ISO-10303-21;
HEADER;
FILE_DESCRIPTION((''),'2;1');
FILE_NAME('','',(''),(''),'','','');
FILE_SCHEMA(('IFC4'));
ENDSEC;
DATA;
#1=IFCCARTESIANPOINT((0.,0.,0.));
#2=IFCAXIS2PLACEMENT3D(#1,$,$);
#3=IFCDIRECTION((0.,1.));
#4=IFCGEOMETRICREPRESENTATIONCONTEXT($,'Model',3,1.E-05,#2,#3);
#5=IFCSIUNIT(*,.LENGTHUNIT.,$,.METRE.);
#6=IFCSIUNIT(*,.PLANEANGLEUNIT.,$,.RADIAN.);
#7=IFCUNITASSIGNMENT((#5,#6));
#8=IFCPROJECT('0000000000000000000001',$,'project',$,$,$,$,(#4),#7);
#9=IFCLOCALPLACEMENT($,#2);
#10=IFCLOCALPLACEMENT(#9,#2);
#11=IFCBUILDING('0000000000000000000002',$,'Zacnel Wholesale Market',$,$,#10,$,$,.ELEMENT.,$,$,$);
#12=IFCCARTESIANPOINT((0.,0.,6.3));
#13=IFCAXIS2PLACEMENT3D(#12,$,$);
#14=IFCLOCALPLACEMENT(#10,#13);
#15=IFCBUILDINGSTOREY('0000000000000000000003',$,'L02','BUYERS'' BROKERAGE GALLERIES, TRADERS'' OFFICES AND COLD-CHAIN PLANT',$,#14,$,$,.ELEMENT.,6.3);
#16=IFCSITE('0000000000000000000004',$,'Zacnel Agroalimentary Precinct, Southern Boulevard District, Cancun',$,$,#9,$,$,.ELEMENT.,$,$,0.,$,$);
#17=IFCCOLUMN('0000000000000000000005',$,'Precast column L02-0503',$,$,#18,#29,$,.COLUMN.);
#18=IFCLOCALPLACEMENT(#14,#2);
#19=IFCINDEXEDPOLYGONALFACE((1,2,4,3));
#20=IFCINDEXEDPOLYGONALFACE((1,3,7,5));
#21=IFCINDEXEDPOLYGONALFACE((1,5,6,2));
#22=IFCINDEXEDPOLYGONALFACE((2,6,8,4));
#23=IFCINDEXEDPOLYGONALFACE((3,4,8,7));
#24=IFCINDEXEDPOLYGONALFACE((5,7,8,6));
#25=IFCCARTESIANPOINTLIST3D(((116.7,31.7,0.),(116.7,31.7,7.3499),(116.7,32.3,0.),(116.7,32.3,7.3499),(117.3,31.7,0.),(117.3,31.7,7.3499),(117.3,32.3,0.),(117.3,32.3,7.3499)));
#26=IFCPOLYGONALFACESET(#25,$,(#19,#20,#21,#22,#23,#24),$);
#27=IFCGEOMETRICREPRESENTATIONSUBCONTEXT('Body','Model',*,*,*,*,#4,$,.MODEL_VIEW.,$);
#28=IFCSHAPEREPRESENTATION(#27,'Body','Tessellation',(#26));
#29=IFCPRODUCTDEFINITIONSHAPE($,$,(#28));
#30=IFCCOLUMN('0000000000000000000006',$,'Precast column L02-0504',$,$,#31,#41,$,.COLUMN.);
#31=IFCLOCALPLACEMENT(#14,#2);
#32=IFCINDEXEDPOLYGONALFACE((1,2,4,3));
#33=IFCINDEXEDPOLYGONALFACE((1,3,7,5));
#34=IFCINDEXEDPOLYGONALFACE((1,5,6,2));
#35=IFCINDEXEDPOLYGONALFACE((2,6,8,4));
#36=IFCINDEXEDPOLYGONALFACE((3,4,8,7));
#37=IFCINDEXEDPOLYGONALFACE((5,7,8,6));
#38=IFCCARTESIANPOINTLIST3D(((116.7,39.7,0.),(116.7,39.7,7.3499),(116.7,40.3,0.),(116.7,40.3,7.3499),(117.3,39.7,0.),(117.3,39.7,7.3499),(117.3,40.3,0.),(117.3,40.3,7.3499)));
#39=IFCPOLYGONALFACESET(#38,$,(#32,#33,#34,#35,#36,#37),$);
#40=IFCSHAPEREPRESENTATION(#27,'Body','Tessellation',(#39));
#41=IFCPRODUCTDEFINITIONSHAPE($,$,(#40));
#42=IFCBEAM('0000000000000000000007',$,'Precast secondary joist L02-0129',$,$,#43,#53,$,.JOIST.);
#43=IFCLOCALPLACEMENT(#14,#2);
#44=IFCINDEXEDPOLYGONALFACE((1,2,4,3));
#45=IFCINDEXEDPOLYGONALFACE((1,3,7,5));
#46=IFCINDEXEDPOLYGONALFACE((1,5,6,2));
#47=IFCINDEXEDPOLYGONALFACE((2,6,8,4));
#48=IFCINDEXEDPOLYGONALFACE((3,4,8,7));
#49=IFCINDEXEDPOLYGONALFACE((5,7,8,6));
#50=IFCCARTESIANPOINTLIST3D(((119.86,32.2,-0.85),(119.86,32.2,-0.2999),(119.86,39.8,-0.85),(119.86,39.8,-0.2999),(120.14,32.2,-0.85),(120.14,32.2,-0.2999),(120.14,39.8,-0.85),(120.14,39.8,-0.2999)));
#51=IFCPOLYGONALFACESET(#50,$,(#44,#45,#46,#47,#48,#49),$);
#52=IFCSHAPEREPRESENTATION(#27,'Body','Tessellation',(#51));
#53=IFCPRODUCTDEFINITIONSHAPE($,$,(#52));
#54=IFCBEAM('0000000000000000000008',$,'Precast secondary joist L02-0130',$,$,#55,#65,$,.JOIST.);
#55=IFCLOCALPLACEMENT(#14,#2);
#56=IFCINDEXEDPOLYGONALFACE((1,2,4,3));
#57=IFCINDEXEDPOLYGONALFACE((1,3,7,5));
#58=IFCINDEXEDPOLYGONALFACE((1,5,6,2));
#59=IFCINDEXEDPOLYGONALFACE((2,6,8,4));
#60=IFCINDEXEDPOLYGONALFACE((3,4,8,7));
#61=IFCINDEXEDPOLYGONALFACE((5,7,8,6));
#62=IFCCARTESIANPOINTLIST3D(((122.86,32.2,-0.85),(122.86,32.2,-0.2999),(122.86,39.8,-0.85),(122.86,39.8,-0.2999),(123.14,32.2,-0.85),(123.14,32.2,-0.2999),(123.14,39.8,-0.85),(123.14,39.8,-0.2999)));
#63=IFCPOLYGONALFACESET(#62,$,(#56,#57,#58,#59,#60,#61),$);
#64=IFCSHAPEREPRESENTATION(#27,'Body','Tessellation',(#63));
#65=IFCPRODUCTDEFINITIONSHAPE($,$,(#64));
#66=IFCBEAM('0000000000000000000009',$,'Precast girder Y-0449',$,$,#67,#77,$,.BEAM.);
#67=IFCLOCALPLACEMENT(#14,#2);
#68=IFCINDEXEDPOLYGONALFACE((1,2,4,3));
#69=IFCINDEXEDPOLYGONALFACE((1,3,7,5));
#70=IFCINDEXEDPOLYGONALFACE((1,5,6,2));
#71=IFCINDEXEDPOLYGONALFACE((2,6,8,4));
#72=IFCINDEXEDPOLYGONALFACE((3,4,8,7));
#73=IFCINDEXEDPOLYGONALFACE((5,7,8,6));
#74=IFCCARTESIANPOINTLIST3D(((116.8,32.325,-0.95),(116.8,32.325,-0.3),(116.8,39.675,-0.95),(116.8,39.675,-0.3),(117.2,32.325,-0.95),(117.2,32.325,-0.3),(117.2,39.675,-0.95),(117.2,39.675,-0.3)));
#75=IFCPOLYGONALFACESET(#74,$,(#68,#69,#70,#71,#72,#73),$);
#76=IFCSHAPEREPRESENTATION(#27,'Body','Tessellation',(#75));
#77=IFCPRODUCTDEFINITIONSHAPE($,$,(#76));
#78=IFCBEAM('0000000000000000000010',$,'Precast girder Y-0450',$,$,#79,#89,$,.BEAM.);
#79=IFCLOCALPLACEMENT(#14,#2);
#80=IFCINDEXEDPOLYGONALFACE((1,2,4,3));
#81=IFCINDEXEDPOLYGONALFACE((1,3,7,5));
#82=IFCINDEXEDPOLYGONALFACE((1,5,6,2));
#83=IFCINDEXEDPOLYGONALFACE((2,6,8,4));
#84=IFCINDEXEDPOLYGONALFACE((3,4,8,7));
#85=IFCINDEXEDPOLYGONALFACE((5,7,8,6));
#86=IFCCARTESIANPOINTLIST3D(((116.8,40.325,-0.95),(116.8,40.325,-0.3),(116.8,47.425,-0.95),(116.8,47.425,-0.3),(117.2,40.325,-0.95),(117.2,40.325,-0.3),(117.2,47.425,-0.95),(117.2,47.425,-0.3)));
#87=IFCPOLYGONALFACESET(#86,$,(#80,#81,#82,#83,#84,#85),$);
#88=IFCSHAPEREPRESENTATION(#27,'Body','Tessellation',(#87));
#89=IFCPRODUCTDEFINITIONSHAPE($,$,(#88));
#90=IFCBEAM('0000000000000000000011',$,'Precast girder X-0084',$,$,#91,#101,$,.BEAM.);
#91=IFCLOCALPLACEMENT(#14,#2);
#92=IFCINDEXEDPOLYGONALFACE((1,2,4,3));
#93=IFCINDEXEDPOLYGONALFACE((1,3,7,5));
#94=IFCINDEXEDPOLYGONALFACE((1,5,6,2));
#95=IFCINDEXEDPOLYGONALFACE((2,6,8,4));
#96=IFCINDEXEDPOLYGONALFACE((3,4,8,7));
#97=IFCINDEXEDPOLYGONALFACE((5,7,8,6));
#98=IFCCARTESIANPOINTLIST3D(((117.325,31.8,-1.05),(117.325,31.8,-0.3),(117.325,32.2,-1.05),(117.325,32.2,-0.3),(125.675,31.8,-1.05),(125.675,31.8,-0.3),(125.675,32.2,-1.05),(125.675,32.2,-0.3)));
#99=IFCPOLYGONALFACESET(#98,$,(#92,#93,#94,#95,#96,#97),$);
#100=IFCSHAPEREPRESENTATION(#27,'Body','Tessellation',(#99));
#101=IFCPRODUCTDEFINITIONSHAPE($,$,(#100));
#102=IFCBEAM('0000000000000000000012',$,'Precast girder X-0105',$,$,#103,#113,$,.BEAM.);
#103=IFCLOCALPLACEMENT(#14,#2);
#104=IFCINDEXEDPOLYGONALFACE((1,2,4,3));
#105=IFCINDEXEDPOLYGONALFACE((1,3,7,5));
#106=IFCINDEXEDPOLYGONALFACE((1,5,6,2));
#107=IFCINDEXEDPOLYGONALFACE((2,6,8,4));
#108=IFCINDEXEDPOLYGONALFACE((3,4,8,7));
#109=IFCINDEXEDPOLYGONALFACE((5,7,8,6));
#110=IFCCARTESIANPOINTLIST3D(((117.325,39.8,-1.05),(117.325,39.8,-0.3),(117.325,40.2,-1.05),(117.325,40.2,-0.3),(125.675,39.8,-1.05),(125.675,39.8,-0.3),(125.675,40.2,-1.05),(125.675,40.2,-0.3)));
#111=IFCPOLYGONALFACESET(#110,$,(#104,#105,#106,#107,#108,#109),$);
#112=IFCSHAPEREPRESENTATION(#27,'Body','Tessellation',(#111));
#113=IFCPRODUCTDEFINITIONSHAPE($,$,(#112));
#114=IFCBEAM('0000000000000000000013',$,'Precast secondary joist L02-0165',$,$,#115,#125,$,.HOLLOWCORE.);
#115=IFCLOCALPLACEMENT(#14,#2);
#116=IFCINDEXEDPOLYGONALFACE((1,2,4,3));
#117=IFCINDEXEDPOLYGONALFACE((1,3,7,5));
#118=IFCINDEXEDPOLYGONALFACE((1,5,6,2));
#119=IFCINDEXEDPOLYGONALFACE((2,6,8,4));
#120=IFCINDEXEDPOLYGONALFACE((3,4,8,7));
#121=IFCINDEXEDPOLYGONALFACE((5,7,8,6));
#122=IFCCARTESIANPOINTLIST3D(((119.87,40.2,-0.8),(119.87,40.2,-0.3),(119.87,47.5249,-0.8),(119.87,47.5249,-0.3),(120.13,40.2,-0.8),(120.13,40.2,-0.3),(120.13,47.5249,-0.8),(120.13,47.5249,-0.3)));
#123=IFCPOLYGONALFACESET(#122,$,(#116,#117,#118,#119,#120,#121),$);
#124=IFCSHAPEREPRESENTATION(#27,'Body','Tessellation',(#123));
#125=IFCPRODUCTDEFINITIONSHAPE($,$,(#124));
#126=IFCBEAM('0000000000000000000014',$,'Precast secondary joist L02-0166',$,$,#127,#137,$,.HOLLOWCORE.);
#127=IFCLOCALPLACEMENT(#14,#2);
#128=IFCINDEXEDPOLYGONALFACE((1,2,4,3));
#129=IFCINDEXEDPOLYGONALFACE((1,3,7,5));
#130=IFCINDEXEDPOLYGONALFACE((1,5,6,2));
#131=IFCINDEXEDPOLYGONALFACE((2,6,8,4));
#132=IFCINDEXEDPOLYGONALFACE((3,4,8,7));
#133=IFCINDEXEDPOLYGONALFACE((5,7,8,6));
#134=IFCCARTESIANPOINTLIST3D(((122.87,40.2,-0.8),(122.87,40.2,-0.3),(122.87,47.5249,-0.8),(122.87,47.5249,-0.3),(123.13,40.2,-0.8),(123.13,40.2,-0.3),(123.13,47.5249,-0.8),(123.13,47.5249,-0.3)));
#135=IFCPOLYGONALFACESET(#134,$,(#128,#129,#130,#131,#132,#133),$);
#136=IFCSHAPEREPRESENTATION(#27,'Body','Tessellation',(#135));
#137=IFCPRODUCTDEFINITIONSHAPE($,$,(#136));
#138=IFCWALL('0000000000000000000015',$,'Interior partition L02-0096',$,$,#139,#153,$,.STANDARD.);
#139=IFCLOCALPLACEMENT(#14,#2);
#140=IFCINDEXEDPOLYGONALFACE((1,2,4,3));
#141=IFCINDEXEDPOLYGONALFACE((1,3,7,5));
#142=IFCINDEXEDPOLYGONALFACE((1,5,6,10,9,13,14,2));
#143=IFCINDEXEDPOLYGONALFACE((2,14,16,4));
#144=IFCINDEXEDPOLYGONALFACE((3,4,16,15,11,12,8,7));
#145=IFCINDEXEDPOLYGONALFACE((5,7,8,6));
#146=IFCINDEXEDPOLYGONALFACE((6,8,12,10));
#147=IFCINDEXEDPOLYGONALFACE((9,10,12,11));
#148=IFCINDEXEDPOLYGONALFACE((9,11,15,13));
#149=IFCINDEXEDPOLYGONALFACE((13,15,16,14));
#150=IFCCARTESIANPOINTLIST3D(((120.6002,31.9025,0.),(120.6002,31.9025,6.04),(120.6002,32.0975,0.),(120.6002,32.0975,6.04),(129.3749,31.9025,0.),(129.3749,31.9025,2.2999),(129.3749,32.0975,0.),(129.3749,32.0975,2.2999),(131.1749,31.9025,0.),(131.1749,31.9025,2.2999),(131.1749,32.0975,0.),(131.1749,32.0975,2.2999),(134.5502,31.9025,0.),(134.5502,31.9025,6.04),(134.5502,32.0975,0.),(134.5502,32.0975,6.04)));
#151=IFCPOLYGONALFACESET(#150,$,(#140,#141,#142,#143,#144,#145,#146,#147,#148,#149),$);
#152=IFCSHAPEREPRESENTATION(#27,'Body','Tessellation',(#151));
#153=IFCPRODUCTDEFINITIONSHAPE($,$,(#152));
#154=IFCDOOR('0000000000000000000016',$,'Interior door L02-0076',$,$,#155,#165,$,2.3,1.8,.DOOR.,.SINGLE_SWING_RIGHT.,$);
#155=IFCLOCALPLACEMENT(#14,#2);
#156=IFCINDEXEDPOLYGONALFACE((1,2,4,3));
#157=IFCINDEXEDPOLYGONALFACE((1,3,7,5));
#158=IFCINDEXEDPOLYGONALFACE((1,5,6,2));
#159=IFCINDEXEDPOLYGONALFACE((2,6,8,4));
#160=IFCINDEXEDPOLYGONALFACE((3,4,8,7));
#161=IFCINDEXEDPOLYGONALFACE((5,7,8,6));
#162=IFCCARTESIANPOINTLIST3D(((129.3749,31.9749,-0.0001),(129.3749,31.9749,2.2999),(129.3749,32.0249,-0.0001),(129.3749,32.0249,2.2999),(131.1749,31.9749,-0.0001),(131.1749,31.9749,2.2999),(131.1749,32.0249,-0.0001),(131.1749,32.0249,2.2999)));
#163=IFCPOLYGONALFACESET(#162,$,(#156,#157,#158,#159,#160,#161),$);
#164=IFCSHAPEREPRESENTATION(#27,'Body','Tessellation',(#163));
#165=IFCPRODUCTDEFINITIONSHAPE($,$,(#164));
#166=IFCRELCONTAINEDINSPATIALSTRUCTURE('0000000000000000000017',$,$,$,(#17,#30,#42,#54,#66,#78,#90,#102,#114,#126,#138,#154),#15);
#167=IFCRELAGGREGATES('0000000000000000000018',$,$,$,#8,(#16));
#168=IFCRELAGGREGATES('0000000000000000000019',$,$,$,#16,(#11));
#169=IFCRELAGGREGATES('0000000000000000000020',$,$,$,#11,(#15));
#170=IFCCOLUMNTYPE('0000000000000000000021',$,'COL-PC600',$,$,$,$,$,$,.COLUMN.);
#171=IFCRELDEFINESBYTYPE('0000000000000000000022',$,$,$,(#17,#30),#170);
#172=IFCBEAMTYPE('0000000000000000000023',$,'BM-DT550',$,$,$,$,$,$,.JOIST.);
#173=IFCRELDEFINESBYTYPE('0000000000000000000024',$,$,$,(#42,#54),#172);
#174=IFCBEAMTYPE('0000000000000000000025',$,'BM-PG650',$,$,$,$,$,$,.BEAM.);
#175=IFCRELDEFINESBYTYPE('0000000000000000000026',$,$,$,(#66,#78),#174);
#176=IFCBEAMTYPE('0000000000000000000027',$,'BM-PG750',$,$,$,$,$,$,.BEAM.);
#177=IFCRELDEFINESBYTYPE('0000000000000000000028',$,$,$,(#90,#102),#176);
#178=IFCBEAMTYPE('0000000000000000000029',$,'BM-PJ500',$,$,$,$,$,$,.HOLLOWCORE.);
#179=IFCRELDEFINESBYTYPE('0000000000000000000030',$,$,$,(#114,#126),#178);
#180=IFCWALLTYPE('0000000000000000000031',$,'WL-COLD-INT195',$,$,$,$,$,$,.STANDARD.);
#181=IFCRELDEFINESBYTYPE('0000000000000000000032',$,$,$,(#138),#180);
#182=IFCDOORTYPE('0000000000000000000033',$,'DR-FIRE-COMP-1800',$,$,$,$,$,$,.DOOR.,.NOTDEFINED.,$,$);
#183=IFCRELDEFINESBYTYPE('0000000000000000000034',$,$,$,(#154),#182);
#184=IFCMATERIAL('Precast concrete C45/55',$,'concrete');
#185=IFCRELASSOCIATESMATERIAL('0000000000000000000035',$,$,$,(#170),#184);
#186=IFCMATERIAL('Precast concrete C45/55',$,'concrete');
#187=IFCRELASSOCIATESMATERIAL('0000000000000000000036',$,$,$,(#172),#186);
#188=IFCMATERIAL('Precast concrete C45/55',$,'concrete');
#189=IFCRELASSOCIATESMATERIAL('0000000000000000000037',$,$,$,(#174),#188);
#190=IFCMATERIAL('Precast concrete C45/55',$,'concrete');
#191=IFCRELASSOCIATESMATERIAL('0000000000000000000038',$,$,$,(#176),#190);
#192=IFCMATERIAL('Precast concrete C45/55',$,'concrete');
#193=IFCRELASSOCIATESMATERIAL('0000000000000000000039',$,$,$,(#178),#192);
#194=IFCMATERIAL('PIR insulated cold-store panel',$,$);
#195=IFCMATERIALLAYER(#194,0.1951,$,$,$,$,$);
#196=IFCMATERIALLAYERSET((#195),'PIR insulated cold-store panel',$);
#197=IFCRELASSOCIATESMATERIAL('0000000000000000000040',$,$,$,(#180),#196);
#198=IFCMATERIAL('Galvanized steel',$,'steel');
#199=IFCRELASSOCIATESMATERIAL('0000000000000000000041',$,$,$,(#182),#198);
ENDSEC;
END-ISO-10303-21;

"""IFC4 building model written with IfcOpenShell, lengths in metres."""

from ifc_helpers import new_model, si_unit, direction, frame, frame_2d, origin, origin_2d, place, context, subcontext, project, spatial, rectangle, extrude, material, layer, layer_set, material_profile, profile_set, type_object, element, fill, save


model = new_model("IFC4")

# Units and contexts
model_context = context("Model", 3, precision=1e-05, world=origin(), true_north=direction((0.0, 1.0)))
body_context = subcontext(model_context, "Body", "Model", "MODEL_VIEW")
ifc_project = project(units=[si_unit("LENGTHUNIT", "METRE"), si_unit("PLANEANGLEUNIT", "RADIAN")], contexts=[model_context])

# Site, building, storey
site_placement = place(None, origin())
site = spatial("IfcSite", under=ifc_project, at=site_placement, Name="Zacnel Agroalimentary Precinct, Southern Boulevard District, Cancun", CompositionType="ELEMENT", RefElevation=0.0)
building_placement = place(site_placement, origin())
building = spatial("IfcBuilding", under=site, at=building_placement, Name="Zacnel Wholesale Market", CompositionType="ELEMENT")
storey_placement = place(building_placement, frame((0.0, 0.0, 6.3)))
storey = spatial("IfcBuildingStorey", under=building, at=storey_placement, Name="L02", Description="BUYERS' BROKERAGE GALLERIES, TRADERS' OFFICES AND COLD-CHAIN PLANT", CompositionType="ELEMENT", Elevation=6.3)

# Columns
ifc_material_1 = material(Name="Precast concrete C45/55", Category="concrete")
ifc_material_profile_1 = material_profile(ifc_material_1, rectangle(XDim=0.6001, YDim=0.6001, at=origin_2d()), Name="PC 600x600")
ifc_profile_set_1 = profile_set([ifc_material_profile_1], Name="Precast concrete C45/55")
column_type = type_object("IfcColumnType", Name="COL-PC600", PredefinedType="COLUMN", material=ifc_profile_set_1)
for number, where, z_axis, x_axis, name in (
    (1, (117.0, 32.0, 0.0), (0.0, 0.0, 1.0), (1.0, 0.0, 0.0), "Precast column L02-0503"),
    (2, (117.0, 40.0, 0.0), (0.0, 0.0, 1.0), (1.0, 0.0, 0.0), "Precast column L02-0504"),
):
    element("IfcColumn", number, at=place(storey_placement, frame(where, z_axis=z_axis, x_axis=x_axis)), inside=storey, type_object=column_type, Name=name, PredefinedType="COLUMN", context=body_context, shape_type="SweptSolid", body=[
        extrude(rectangle(XDim=0.6001, YDim=0.6001, at=origin_2d()), origin(), (0.0, 0.0, 1.0), 7.3499),
    ])

# Beams
ifc_material_2 = material(Name="Precast concrete C45/55", Category="concrete")
ifc_material_profile_2 = material_profile(ifc_material_2, rectangle(XDim=0.28, YDim=0.55, at=origin_2d()), Name="DT RIB 280x550")
ifc_profile_set_2 = profile_set([ifc_material_profile_2], Name="Precast concrete C45/55")
beam_type_1 = type_object("IfcBeamType", Name="BM-DT550", PredefinedType="JOIST", material=ifc_profile_set_2)
for number, where, z_axis, x_axis, name in (
    (3, (120.0, 32.2, -0.575), (0.0, 1.0, 0.0), (-1.0, 0.0, 0.0), "Precast secondary joist L02-0129"),
    (4, (123.0, 32.2, -0.575), (0.0, 1.0, 0.0), (-1.0, 0.0, 0.0), "Precast secondary joist L02-0130"),
):
    element("IfcBeam", number, at=place(storey_placement, frame(where, z_axis=z_axis, x_axis=x_axis)), inside=storey, type_object=beam_type_1, Name=name, PredefinedType="JOIST", context=body_context, shape_type="SweptSolid", body=[
        extrude(rectangle(XDim=0.28, YDim=0.55, at=origin_2d()), origin(), (0.0, 0.0, 1.0), 7.6001),
    ])
ifc_material_3 = material(Name="Precast concrete C45/55", Category="concrete")
ifc_material_profile_3 = material_profile(ifc_material_3, rectangle(XDim=0.3999, YDim=0.6499, at=origin_2d()), Name="PG 400x650")
ifc_profile_set_3 = profile_set([ifc_material_profile_3], Name="Precast concrete C45/55")
beam_type_2 = type_object("IfcBeamType", Name="BM-PG650", PredefinedType="BEAM", material=ifc_profile_set_3)
beam_1_placement = place(storey_placement, frame((117.0, 32.325, -0.625), z_axis=(0.0, 1.0, 0.0), x_axis=(-1.0, 0.0, 0.0)))
element("IfcBeam", 5, at=beam_1_placement, inside=storey, type_object=beam_type_2, Name="Precast girder Y-0449", PredefinedType="BEAM", context=body_context, shape_type="SweptSolid", body=[
    extrude(rectangle(XDim=0.3999, YDim=0.6499, at=origin_2d()), origin(), (0.0, 0.0, 1.0), 7.3501),
])
beam_2_placement = place(storey_placement, frame((117.0, 40.325, -0.625), z_axis=(0.0, 1.0, 0.0), x_axis=(-1.0, 0.0, 0.0)))
element("IfcBeam", 6, at=beam_2_placement, inside=storey, type_object=beam_type_2, Name="Precast girder Y-0450", PredefinedType="BEAM", context=body_context, shape_type="SweptSolid", body=[
    extrude(rectangle(XDim=0.3999, YDim=0.6499, at=origin_2d()), origin(), (0.0, 0.0, 1.0), 7.1001),
])
ifc_material_4 = material(Name="Precast concrete C45/55", Category="concrete")
ifc_material_profile_4 = material_profile(ifc_material_4, rectangle(XDim=0.3999, YDim=0.75, at=origin_2d()), Name="PG 400x750")
ifc_profile_set_4 = profile_set([ifc_material_profile_4], Name="Precast concrete C45/55")
beam_type_3 = type_object("IfcBeamType", Name="BM-PG750", PredefinedType="BEAM", material=ifc_profile_set_4)
for number, where, z_axis, x_axis, name in (
    (7, (117.325, 32.0, -0.675), (1.0, 0.0, 0.0), (0.0, 1.0, 0.0), "Precast girder X-0084"),
    (8, (117.325, 40.0, -0.675), (1.0, 0.0, 0.0), (0.0, 1.0, 0.0), "Precast girder X-0105"),
):
    element("IfcBeam", number, at=place(storey_placement, frame(where, z_axis=z_axis, x_axis=x_axis)), inside=storey, type_object=beam_type_3, Name=name, PredefinedType="BEAM", context=body_context, shape_type="SweptSolid", body=[
        extrude(rectangle(XDim=0.3999, YDim=0.75, at=origin_2d()), origin(), (0.0, 0.0, 1.0), 8.3501),
    ])
ifc_material_5 = material(Name="Precast concrete C45/55", Category="concrete")
ifc_material_profile_5 = material_profile(ifc_material_5, rectangle(XDim=0.26, YDim=0.5, at=origin_2d()), Name="PJ 260x500")
ifc_profile_set_5 = profile_set([ifc_material_profile_5], Name="Precast concrete C45/55")
beam_type_4 = type_object("IfcBeamType", Name="BM-PJ500", PredefinedType="HOLLOWCORE", material=ifc_profile_set_5)
for number, where, z_axis, x_axis, name in (
    (9, (120.0, 40.2, -0.55), (0.0, 1.0, 0.0), (-1.0, 0.0, 0.0), "Precast secondary joist L02-0165"),
    (10, (123.0, 40.2, -0.55), (0.0, 1.0, 0.0), (-1.0, 0.0, 0.0), "Precast secondary joist L02-0166"),
):
    element("IfcBeam", number, at=place(storey_placement, frame(where, z_axis=z_axis, x_axis=x_axis)), inside=storey, type_object=beam_type_4, Name=name, PredefinedType="HOLLOWCORE", context=body_context, shape_type="SweptSolid", body=[
        extrude(rectangle(XDim=0.26, YDim=0.5, at=origin_2d()), origin(), (0.0, 0.0, 1.0), 7.325),
    ])

# Wall, opening, door
ifc_material_6 = material(Name="PIR insulated cold-store panel")
ifc_layer_1 = layer(ifc_material_6, 0.1951)
ifc_layer_set_1 = layer_set([ifc_layer_1], Name="PIR insulated cold-store panel")
wall_type_1 = type_object("IfcWallType", Name="WL-COLD-INT195", PredefinedType="STANDARD", material=ifc_layer_set_1)
wall_1_placement = place(storey_placement, frame((120.6001, 32.0, 0.0), z_axis=(0.0, 0.0, 1.0), x_axis=(1.0, 0.0, 0.0)))
wall_1 = element("IfcWall", 11, at=wall_1_placement, inside=storey, type_object=wall_type_1, Name="Interior partition L02-0096", PredefinedType="STANDARD", context=body_context, shape_type="SweptSolid", body=[
    extrude(rectangle(XDim=13.95, YDim=0.1951, at=frame_2d((6.9751, 0.0))), origin(), (0.0, 0.0, 1.0), 6.04),
])
opening_1_placement = place(wall_1_placement, frame((8.7749, 0.0, 0.0)))
opening_1 = element("IfcOpeningElement", 12, at=opening_1_placement, cuts=wall_1, PredefinedType="OPENING", context=body_context, shape_type="SweptSolid", body=[
    extrude(rectangle(XDim=1.8, YDim=2.3, at=frame_2d((0.8999, 1.1499))), frame((0.0, 0.1074, 0.0), z_axis=(0.0, -1.0, 0.0), x_axis=(1.0, 0.0, 0.0)), (0.0, 0.0, 1.0), 0.2151),
])
ifc_material_7 = material(Name="Galvanized steel", Category="steel")
door_type_1 = type_object("IfcDoorType", Name="DR-FIRE-COMP-1800", OperationType="NOTDEFINED", PredefinedType="DOOR", material=ifc_material_7)
door_1_placement = place(opening_1_placement, origin())
door_1 = element("IfcDoor", 13, at=door_1_placement, inside=storey, type_object=door_type_1, Name="Interior door L02-0076", OperationType="SINGLE_SWING_RIGHT", OverallHeight=2.3, OverallWidth=1.8, PredefinedType="DOOR", context=body_context, shape_type="SweptSolid", body=[
    extrude(rectangle(XDim=1.8, YDim=2.3, at=frame_2d((0.8999, 1.1499))), frame((0.0, 0.0249, 0.0), z_axis=(0.0, -1.0, 0.0), x_axis=(1.0, 0.0, 0.0)), (0.0, 0.0, 1.0), 0.05),
])
fill(opening_1, door_1)

save(model, "model.ifc")
